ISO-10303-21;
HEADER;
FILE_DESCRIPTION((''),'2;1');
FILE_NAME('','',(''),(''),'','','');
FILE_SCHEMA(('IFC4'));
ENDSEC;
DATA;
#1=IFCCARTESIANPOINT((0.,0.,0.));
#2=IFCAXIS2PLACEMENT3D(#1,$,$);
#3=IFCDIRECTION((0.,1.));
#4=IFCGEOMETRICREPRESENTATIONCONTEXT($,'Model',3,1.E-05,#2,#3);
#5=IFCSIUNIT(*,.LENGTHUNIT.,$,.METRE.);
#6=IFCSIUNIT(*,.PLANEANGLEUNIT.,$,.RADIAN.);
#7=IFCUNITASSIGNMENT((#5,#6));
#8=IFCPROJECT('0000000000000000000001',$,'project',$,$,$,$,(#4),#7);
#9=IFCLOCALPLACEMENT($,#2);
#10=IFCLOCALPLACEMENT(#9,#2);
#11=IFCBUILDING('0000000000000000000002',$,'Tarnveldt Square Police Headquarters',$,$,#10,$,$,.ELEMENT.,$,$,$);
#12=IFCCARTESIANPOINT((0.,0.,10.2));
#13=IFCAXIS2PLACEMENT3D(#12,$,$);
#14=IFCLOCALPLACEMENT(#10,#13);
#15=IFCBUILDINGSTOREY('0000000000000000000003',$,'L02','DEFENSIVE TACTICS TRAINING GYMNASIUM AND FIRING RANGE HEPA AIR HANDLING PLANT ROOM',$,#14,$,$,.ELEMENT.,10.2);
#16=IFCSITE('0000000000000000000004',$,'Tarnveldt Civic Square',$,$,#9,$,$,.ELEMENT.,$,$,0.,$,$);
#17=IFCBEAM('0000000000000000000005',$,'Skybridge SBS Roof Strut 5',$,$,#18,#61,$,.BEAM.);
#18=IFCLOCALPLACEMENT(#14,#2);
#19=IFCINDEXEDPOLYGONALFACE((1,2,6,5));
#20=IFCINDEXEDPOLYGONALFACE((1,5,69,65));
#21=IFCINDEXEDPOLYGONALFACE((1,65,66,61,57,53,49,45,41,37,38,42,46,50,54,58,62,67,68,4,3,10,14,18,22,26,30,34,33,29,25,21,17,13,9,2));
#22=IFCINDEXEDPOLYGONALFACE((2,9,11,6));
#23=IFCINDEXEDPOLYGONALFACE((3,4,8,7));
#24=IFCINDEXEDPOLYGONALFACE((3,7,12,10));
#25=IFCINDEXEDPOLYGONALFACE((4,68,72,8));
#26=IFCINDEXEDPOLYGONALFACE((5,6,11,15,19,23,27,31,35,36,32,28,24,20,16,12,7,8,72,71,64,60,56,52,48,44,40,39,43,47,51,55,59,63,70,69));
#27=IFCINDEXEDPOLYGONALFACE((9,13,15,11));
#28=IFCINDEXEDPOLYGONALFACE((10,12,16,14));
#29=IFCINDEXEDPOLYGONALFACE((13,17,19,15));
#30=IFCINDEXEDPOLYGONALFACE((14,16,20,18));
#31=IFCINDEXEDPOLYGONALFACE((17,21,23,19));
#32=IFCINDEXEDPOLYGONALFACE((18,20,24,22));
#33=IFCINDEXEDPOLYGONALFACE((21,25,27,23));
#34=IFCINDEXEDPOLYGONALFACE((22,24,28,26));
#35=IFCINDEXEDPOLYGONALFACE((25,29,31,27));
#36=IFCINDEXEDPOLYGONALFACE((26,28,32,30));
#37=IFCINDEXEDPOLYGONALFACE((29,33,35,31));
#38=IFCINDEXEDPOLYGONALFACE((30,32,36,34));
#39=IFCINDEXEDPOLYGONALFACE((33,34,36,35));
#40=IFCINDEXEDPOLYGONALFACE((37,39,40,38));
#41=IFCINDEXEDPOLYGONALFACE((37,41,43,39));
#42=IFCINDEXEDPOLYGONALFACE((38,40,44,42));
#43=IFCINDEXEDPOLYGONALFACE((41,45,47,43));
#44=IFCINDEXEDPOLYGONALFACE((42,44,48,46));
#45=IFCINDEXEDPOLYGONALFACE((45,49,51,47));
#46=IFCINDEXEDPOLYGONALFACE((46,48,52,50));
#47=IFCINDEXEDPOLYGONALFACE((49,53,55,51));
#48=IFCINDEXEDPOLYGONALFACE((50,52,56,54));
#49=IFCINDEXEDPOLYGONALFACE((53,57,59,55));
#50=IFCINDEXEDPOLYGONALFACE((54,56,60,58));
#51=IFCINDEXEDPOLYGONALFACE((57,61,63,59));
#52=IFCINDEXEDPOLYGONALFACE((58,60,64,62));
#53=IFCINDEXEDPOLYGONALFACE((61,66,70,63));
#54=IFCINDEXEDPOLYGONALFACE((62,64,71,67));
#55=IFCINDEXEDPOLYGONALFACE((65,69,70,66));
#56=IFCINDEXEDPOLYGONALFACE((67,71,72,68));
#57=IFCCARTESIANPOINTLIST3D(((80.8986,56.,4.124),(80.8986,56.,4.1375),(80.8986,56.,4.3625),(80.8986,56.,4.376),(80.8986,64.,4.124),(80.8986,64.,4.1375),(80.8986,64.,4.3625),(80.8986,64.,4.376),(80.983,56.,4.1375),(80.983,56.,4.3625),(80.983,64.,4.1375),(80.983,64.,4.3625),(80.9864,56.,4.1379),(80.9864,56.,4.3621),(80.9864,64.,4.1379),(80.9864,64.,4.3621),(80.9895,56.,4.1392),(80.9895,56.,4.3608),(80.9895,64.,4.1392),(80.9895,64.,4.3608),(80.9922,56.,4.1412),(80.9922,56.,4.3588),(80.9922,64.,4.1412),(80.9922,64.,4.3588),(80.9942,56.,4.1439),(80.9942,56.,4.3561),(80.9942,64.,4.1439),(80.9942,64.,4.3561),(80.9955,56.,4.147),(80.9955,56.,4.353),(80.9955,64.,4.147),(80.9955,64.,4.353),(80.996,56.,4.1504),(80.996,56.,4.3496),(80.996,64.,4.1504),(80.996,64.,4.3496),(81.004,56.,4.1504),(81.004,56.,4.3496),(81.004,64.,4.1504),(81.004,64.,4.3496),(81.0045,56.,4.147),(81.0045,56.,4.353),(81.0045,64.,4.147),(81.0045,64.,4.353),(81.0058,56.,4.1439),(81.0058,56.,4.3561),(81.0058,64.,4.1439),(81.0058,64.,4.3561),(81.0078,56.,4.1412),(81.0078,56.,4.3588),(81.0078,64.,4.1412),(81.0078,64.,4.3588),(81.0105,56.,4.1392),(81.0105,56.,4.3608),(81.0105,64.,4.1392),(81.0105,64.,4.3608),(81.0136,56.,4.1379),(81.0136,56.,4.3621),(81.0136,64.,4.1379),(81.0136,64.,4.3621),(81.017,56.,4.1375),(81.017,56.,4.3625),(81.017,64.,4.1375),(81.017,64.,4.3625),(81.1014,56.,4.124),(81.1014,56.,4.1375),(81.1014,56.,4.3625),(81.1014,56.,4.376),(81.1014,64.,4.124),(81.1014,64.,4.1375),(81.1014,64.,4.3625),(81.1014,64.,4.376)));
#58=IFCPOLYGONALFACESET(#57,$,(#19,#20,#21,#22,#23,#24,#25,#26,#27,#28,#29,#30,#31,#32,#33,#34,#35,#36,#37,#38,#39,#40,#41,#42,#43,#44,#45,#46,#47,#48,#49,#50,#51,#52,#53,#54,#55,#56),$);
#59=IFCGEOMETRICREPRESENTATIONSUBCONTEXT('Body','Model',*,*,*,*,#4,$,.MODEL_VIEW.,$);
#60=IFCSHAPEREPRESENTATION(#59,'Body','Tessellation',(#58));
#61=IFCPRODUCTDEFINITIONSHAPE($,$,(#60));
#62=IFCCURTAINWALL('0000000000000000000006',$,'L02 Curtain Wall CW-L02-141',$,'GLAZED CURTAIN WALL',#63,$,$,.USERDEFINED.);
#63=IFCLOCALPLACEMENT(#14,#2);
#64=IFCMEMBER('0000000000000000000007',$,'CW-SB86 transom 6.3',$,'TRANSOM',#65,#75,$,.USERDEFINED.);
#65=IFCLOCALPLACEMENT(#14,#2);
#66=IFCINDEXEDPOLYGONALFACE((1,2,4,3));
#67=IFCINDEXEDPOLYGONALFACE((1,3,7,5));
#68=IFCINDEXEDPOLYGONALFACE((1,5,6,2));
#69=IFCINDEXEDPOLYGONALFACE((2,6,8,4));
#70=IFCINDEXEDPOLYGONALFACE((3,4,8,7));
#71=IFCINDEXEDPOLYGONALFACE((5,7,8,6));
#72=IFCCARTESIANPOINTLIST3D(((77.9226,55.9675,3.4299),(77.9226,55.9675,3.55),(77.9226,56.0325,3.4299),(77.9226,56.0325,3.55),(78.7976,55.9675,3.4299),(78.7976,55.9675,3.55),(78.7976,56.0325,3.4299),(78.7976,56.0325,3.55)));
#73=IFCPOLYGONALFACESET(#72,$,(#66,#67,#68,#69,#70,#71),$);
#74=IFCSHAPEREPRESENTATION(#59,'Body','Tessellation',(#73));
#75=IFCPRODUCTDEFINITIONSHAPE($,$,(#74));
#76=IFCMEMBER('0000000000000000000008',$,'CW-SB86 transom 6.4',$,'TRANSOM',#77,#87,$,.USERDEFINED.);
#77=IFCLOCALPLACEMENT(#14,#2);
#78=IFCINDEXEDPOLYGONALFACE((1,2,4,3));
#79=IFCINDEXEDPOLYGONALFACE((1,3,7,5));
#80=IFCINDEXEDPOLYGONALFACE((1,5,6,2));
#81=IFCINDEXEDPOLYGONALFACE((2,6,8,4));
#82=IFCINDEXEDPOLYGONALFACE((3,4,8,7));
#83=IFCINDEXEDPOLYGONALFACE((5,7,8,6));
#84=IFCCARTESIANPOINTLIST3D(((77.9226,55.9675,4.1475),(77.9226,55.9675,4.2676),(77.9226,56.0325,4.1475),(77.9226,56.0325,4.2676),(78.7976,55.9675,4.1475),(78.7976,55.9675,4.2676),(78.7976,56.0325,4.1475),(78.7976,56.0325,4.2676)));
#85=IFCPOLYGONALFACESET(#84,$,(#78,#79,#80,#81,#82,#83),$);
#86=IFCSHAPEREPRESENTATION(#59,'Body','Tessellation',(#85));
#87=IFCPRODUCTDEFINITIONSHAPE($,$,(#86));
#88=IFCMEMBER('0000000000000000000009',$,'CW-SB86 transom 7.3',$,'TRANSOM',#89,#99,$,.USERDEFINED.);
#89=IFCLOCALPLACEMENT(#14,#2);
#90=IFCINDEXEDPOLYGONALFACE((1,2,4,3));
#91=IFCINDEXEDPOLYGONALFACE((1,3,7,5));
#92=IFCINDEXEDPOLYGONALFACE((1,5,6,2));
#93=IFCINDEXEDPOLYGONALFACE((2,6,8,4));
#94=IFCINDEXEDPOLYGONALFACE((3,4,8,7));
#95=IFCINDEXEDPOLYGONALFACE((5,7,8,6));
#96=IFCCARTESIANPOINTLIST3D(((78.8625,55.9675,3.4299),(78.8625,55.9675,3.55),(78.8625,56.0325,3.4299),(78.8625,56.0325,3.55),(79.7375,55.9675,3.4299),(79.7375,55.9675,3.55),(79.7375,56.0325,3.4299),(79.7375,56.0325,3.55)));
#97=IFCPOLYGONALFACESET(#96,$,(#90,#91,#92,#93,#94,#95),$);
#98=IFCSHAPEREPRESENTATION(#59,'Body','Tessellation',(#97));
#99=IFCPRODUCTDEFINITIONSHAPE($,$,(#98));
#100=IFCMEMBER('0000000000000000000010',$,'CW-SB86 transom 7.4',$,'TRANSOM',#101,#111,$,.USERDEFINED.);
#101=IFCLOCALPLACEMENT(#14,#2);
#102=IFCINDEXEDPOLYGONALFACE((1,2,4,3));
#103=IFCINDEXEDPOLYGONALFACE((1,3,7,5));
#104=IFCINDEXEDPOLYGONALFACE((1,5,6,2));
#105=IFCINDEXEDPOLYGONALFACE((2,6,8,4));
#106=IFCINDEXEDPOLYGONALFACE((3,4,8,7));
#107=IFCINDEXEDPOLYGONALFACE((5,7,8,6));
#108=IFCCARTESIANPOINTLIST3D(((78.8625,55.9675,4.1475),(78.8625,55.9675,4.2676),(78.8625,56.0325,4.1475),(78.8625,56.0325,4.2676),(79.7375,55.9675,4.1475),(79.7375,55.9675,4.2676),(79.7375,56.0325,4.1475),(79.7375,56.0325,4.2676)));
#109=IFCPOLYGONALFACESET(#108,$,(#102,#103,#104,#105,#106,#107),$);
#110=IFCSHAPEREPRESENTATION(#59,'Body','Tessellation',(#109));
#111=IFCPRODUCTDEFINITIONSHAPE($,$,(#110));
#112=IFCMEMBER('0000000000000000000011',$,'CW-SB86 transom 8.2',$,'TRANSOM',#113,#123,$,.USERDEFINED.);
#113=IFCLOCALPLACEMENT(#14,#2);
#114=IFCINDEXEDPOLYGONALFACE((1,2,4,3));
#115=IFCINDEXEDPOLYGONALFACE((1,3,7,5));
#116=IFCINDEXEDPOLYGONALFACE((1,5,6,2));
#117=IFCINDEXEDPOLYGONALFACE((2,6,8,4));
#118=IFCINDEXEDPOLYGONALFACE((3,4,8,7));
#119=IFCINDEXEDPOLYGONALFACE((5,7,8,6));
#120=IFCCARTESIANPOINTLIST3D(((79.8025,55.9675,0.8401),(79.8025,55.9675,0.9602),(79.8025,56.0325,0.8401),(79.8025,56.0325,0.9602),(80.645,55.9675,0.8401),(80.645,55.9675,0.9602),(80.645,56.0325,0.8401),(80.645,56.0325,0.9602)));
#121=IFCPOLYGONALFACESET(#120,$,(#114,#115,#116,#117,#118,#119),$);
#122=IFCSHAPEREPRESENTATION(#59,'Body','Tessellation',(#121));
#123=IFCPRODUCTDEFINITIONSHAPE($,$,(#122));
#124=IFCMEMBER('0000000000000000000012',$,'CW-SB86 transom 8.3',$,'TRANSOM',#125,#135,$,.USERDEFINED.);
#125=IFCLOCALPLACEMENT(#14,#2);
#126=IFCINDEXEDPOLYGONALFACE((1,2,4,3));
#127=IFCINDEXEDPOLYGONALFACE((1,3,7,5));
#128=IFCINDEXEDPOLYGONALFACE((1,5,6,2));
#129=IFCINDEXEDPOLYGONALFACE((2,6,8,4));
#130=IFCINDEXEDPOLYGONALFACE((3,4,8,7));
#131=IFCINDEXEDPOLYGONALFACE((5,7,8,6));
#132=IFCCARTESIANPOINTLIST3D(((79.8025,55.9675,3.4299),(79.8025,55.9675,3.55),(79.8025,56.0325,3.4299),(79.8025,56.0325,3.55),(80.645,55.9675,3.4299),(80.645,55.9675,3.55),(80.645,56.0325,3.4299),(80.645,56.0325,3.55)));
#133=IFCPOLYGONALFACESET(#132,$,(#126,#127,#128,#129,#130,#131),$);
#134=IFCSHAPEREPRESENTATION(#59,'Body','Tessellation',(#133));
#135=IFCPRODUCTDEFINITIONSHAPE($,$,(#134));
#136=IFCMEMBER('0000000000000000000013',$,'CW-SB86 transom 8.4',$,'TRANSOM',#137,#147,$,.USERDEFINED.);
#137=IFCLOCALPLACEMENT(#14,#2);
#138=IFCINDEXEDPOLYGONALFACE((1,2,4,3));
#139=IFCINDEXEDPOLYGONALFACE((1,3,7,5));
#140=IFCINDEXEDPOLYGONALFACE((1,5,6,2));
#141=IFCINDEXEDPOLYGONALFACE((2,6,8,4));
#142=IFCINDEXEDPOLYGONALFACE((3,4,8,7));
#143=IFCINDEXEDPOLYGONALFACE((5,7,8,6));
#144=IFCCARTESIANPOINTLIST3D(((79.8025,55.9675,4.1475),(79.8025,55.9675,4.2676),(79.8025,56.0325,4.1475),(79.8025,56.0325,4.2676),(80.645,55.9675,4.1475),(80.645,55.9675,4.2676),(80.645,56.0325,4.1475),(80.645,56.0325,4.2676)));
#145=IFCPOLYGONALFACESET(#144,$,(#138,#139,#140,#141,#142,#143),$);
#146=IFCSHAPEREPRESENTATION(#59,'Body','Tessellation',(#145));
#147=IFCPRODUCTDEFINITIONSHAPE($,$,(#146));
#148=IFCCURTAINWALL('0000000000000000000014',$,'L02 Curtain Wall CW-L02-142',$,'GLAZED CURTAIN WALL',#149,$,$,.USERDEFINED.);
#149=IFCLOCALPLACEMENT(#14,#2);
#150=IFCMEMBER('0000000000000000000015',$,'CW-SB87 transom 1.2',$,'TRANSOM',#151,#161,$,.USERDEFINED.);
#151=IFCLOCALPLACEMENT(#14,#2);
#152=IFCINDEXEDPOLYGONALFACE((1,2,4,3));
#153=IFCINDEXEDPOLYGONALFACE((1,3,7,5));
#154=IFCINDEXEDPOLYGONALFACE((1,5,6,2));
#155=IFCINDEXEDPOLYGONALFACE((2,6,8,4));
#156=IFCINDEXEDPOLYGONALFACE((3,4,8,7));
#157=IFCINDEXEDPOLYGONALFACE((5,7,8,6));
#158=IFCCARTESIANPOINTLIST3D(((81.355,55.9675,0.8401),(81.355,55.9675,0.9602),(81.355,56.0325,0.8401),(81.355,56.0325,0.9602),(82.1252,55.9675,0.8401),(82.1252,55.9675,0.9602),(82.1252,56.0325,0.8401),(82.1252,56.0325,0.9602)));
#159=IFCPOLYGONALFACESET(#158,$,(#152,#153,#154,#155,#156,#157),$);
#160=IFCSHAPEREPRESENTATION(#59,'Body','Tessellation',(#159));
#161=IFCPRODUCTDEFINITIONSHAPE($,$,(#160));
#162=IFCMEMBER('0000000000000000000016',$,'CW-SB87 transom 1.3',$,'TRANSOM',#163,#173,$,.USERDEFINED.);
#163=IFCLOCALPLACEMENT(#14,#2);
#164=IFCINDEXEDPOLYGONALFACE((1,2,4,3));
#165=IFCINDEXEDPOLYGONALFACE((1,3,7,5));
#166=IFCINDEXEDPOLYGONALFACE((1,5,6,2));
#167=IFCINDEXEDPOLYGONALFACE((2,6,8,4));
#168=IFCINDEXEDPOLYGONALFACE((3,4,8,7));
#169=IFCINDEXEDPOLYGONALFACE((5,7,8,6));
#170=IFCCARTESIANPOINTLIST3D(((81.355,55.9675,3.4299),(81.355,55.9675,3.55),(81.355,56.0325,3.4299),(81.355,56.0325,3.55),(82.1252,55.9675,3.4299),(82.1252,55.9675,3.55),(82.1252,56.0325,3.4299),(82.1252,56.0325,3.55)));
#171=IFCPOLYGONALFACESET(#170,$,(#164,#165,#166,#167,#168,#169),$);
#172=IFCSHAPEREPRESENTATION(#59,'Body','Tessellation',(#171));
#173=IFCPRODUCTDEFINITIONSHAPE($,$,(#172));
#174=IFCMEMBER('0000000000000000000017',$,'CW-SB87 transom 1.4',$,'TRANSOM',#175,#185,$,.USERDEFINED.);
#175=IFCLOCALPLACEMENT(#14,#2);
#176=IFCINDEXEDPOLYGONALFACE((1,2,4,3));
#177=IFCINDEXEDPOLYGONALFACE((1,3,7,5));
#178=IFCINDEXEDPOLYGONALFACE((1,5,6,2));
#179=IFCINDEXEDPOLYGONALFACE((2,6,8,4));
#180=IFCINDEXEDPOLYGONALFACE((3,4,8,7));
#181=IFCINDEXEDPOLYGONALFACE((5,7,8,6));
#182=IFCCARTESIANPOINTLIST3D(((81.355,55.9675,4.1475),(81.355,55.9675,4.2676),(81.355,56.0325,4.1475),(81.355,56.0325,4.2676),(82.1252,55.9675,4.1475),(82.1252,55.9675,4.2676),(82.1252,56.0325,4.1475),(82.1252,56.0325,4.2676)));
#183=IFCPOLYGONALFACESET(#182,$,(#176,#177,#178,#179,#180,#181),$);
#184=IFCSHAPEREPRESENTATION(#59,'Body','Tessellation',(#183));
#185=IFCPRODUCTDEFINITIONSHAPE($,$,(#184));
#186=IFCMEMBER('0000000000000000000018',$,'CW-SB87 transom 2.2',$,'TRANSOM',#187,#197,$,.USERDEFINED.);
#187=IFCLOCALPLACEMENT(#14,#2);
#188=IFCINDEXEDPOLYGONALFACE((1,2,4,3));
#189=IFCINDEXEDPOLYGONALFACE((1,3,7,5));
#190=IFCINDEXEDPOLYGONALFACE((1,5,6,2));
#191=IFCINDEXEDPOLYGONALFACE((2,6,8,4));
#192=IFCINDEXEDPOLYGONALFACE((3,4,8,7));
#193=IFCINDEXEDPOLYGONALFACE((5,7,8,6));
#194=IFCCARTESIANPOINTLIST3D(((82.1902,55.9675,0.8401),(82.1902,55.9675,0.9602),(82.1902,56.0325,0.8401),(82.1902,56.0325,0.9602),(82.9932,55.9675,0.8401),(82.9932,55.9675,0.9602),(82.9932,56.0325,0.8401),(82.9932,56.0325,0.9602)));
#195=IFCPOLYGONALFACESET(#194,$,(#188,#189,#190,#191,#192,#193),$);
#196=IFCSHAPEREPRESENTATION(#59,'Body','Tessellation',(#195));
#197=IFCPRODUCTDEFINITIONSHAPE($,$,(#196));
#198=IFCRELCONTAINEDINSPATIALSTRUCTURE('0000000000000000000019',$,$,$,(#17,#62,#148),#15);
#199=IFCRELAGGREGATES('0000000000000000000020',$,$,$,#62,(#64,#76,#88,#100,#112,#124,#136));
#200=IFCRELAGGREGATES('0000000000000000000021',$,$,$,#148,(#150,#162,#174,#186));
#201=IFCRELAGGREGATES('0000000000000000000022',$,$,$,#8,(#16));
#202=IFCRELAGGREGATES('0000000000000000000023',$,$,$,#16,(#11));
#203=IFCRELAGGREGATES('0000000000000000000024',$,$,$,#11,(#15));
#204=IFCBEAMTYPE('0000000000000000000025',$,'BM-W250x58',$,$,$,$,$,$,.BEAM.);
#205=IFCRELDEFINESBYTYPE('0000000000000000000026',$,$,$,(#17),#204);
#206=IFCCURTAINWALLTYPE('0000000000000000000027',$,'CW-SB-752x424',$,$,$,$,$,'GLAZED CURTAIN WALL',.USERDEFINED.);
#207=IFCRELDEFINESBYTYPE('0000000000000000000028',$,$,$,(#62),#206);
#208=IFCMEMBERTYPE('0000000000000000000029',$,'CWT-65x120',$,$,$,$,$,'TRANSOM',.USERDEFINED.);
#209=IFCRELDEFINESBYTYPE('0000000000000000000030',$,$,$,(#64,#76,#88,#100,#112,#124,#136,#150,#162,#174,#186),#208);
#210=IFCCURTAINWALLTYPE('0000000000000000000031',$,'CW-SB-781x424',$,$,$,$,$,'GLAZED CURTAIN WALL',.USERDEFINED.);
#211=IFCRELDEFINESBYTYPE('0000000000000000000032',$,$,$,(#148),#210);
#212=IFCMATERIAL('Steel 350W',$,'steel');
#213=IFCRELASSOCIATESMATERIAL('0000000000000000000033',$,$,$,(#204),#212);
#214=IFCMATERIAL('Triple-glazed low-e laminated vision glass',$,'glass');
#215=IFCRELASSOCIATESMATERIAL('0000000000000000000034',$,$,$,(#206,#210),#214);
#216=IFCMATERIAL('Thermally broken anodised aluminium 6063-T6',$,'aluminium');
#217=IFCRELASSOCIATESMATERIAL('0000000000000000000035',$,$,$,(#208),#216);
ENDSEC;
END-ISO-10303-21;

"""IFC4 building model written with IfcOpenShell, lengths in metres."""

from ifc_helpers import new_model, si_unit, direction, frame, origin, origin_2d, place, context, subcontext, project, spatial, rectangle, i_section, extrude, material, material_profile, profile_set, type_object, element, aggregate, save


model = new_model("IFC4")

# Units and contexts
model_context = context("Model", 3, precision=1e-05, world=origin(), true_north=direction((0.0, 1.0)))
body_context = subcontext(model_context, "Body", "Model", "MODEL_VIEW")
ifc_project = project(units=[si_unit("LENGTHUNIT", "METRE"), si_unit("PLANEANGLEUNIT", "RADIAN")], contexts=[model_context])

# Site, building, storey
site_placement = place(None, origin())
site = spatial("IfcSite", under=ifc_project, at=site_placement, Name="Tarnveldt Civic Square", CompositionType="ELEMENT", RefElevation=0.0)
building_placement = place(site_placement, origin())
building = spatial("IfcBuilding", under=site, at=building_placement, Name="Tarnveldt Square Police Headquarters", CompositionType="ELEMENT")
storey_placement = place(building_placement, frame((0.0, 0.0, 10.2)))
storey = spatial("IfcBuildingStorey", under=building, at=storey_placement, Name="L02", Description="DEFENSIVE TACTICS TRAINING GYMNASIUM AND FIRING RANGE HEPA AIR HANDLING PLANT ROOM", CompositionType="ELEMENT", Elevation=10.2)

# Beam
ifc_material_1 = material(Name="Steel 350W", Category="steel")
ifc_material_profile_1 = material_profile(ifc_material_1, i_section(OverallWidth=0.2029, OverallDepth=0.252, WebThickness=0.0081, FlangeThickness=0.0134, FilletRadius=0.0129, at=origin_2d()), Name="W250x58")
ifc_profile_set_1 = profile_set([ifc_material_profile_1], Name="Steel 350W")
beam_type = type_object("IfcBeamType", Name="BM-W250x58", PredefinedType="BEAM", material=ifc_profile_set_1)
beam_placement = place(storey_placement, frame((81.0, 56.0, 4.25), z_axis=(0.0, 1.0, 0.0), x_axis=(-1.0, 0.0, 0.0)))
element("IfcBeam", 1, at=beam_placement, inside=storey, type_object=beam_type, Name="Skybridge SBS Roof Strut 5", PredefinedType="BEAM", context=body_context, shape_type="SweptSolid", body=[
    extrude(i_section(OverallWidth=0.2029, OverallDepth=0.252, WebThickness=0.0081, FlangeThickness=0.0134, FilletRadius=0.0129, at=origin_2d()), origin(), (0.0, 0.0, 1.0), 8.0),
])

# Curtain walls, members
ifc_material_2 = material(Name="Triple-glazed low-e laminated vision glass", Category="glass")
curtain_wall_type_1 = type_object("IfcCurtainWallType", Name="CW-SB-752x424", ElementType="GLAZED CURTAIN WALL", PredefinedType="USERDEFINED", material=ifc_material_2)
curtain_wall_1_placement = place(storey_placement, origin())
curtain_wall_1 = element("IfcCurtainWall", 2, at=curtain_wall_1_placement, inside=storey, type_object=curtain_wall_type_1, Name="L02 Curtain Wall CW-L02-141", ObjectType="GLAZED CURTAIN WALL", PredefinedType="USERDEFINED")
ifc_material_3 = material(Name="Thermally broken anodised aluminium 6063-T6", Category="aluminium")
ifc_material_profile_2 = material_profile(ifc_material_3, rectangle(XDim=0.0649, YDim=0.1201, at=origin_2d()), Name="CW-T65x120")
ifc_profile_set_2 = profile_set([ifc_material_profile_2], Name="Thermally broken anodised aluminium 6063-T6")
member_type_1 = type_object("IfcMemberType", Name="CWT-65x120", ElementType="TRANSOM", PredefinedType="USERDEFINED", material=ifc_profile_set_2)
member_1_placement = place(storey_placement, frame((77.9226, 56.0, 3.49), z_axis=(1.0, 0.0, 0.0), x_axis=(0.0, 1.0, 0.0)))
member_1 = element("IfcMember", 3, at=member_1_placement, type_object=member_type_1, Name="CW-SB86 transom 6.3", ObjectType="TRANSOM", PredefinedType="USERDEFINED", context=body_context, shape_type="SweptSolid", body=[
    extrude(rectangle(XDim=0.0649, YDim=0.1201, at=origin_2d()), origin(), (0.0, 0.0, 1.0), 0.875),
])
member_2_placement = place(storey_placement, frame((77.9226, 56.0, 4.2075), z_axis=(1.0, 0.0, 0.0), x_axis=(0.0, 1.0, 0.0)))
member_2 = element("IfcMember", 4, at=member_2_placement, type_object=member_type_1, Name="CW-SB86 transom 6.4", ObjectType="TRANSOM", PredefinedType="USERDEFINED", context=body_context, shape_type="SweptSolid", body=[
    extrude(rectangle(XDim=0.0649, YDim=0.1201, at=origin_2d()), origin(), (0.0, 0.0, 1.0), 0.875),
])
member_3_placement = place(storey_placement, frame((78.8625, 56.0, 3.49), z_axis=(1.0, 0.0, 0.0), x_axis=(0.0, 1.0, 0.0)))
member_3 = element("IfcMember", 5, at=member_3_placement, type_object=member_type_1, Name="CW-SB86 transom 7.3", ObjectType="TRANSOM", PredefinedType="USERDEFINED", context=body_context, shape_type="SweptSolid", body=[
    extrude(rectangle(XDim=0.0649, YDim=0.1201, at=origin_2d()), origin(), (0.0, 0.0, 1.0), 0.875),
])
member_4_placement = place(storey_placement, frame((78.8625, 56.0, 4.2075), z_axis=(1.0, 0.0, 0.0), x_axis=(0.0, 1.0, 0.0)))
member_4 = element("IfcMember", 6, at=member_4_placement, type_object=member_type_1, Name="CW-SB86 transom 7.4", ObjectType="TRANSOM", PredefinedType="USERDEFINED", context=body_context, shape_type="SweptSolid", body=[
    extrude(rectangle(XDim=0.0649, YDim=0.1201, at=origin_2d()), origin(), (0.0, 0.0, 1.0), 0.875),
])
member_5_placement = place(storey_placement, frame((79.8025, 56.0, 0.9001), z_axis=(1.0, 0.0, 0.0), x_axis=(0.0, 1.0, 0.0)))
member_5 = element("IfcMember", 7, at=member_5_placement, type_object=member_type_1, Name="CW-SB86 transom 8.2", ObjectType="TRANSOM", PredefinedType="USERDEFINED", context=body_context, shape_type="SweptSolid", body=[
    extrude(rectangle(XDim=0.0649, YDim=0.1201, at=origin_2d()), origin(), (0.0, 0.0, 1.0), 0.8425),
])
member_6_placement = place(storey_placement, frame((79.8025, 56.0, 3.49), z_axis=(1.0, 0.0, 0.0), x_axis=(0.0, 1.0, 0.0)))
member_6 = element("IfcMember", 8, at=member_6_placement, type_object=member_type_1, Name="CW-SB86 transom 8.3", ObjectType="TRANSOM", PredefinedType="USERDEFINED", context=body_context, shape_type="SweptSolid", body=[
    extrude(rectangle(XDim=0.0649, YDim=0.1201, at=origin_2d()), origin(), (0.0, 0.0, 1.0), 0.8425),
])
member_7_placement = place(storey_placement, frame((79.8025, 56.0, 4.2075), z_axis=(1.0, 0.0, 0.0), x_axis=(0.0, 1.0, 0.0)))
member_7 = element("IfcMember", 9, at=member_7_placement, type_object=member_type_1, Name="CW-SB86 transom 8.4", ObjectType="TRANSOM", PredefinedType="USERDEFINED", context=body_context, shape_type="SweptSolid", body=[
    extrude(rectangle(XDim=0.0649, YDim=0.1201, at=origin_2d()), origin(), (0.0, 0.0, 1.0), 0.8425),
])
curtain_wall_type_2 = type_object("IfcCurtainWallType", Name="CW-SB-781x424", ElementType="GLAZED CURTAIN WALL", PredefinedType="USERDEFINED", material=ifc_material_2)
curtain_wall_2_placement = place(storey_placement, origin())
curtain_wall_2 = element("IfcCurtainWall", 10, at=curtain_wall_2_placement, inside=storey, type_object=curtain_wall_type_2, Name="L02 Curtain Wall CW-L02-142", ObjectType="GLAZED CURTAIN WALL", PredefinedType="USERDEFINED")
member_8_placement = place(storey_placement, frame((81.355, 56.0, 0.9001), z_axis=(1.0, 0.0, 0.0), x_axis=(0.0, 1.0, 0.0)))
member_8 = element("IfcMember", 11, at=member_8_placement, type_object=member_type_1, Name="CW-SB87 transom 1.2", ObjectType="TRANSOM", PredefinedType="USERDEFINED", context=body_context, shape_type="SweptSolid", body=[
    extrude(rectangle(XDim=0.0649, YDim=0.1201, at=origin_2d()), origin(), (0.0, 0.0, 1.0), 0.7703),
])
member_9_placement = place(storey_placement, frame((81.355, 56.0, 3.49), z_axis=(1.0, 0.0, 0.0), x_axis=(0.0, 1.0, 0.0)))
member_9 = element("IfcMember", 12, at=member_9_placement, type_object=member_type_1, Name="CW-SB87 transom 1.3", ObjectType="TRANSOM", PredefinedType="USERDEFINED", context=body_context, shape_type="SweptSolid", body=[
    extrude(rectangle(XDim=0.0649, YDim=0.1201, at=origin_2d()), origin(), (0.0, 0.0, 1.0), 0.7703),
])
member_10_placement = place(storey_placement, frame((81.355, 56.0, 4.2075), z_axis=(1.0, 0.0, 0.0), x_axis=(0.0, 1.0, 0.0)))
member_10 = element("IfcMember", 13, at=member_10_placement, type_object=member_type_1, Name="CW-SB87 transom 1.4", ObjectType="TRANSOM", PredefinedType="USERDEFINED", context=body_context, shape_type="SweptSolid", body=[
    extrude(rectangle(XDim=0.0649, YDim=0.1201, at=origin_2d()), origin(), (0.0, 0.0, 1.0), 0.7703),
])
member_11_placement = place(storey_placement, frame((82.1902, 56.0, 0.9001), z_axis=(1.0, 0.0, 0.0), x_axis=(0.0, 1.0, 0.0)))
member_11 = element("IfcMember", 14, at=member_11_placement, type_object=member_type_1, Name="CW-SB87 transom 2.2", ObjectType="TRANSOM", PredefinedType="USERDEFINED", context=body_context, shape_type="SweptSolid", body=[
    extrude(rectangle(XDim=0.0649, YDim=0.1201, at=origin_2d()), origin(), (0.0, 0.0, 1.0), 0.803),
])

aggregate(curtain_wall_1, [member_1, member_2, member_3, member_4, member_5, member_6, member_7])
aggregate(curtain_wall_2, [member_8, member_9, member_10, member_11])

save(model, "model.ifc")
